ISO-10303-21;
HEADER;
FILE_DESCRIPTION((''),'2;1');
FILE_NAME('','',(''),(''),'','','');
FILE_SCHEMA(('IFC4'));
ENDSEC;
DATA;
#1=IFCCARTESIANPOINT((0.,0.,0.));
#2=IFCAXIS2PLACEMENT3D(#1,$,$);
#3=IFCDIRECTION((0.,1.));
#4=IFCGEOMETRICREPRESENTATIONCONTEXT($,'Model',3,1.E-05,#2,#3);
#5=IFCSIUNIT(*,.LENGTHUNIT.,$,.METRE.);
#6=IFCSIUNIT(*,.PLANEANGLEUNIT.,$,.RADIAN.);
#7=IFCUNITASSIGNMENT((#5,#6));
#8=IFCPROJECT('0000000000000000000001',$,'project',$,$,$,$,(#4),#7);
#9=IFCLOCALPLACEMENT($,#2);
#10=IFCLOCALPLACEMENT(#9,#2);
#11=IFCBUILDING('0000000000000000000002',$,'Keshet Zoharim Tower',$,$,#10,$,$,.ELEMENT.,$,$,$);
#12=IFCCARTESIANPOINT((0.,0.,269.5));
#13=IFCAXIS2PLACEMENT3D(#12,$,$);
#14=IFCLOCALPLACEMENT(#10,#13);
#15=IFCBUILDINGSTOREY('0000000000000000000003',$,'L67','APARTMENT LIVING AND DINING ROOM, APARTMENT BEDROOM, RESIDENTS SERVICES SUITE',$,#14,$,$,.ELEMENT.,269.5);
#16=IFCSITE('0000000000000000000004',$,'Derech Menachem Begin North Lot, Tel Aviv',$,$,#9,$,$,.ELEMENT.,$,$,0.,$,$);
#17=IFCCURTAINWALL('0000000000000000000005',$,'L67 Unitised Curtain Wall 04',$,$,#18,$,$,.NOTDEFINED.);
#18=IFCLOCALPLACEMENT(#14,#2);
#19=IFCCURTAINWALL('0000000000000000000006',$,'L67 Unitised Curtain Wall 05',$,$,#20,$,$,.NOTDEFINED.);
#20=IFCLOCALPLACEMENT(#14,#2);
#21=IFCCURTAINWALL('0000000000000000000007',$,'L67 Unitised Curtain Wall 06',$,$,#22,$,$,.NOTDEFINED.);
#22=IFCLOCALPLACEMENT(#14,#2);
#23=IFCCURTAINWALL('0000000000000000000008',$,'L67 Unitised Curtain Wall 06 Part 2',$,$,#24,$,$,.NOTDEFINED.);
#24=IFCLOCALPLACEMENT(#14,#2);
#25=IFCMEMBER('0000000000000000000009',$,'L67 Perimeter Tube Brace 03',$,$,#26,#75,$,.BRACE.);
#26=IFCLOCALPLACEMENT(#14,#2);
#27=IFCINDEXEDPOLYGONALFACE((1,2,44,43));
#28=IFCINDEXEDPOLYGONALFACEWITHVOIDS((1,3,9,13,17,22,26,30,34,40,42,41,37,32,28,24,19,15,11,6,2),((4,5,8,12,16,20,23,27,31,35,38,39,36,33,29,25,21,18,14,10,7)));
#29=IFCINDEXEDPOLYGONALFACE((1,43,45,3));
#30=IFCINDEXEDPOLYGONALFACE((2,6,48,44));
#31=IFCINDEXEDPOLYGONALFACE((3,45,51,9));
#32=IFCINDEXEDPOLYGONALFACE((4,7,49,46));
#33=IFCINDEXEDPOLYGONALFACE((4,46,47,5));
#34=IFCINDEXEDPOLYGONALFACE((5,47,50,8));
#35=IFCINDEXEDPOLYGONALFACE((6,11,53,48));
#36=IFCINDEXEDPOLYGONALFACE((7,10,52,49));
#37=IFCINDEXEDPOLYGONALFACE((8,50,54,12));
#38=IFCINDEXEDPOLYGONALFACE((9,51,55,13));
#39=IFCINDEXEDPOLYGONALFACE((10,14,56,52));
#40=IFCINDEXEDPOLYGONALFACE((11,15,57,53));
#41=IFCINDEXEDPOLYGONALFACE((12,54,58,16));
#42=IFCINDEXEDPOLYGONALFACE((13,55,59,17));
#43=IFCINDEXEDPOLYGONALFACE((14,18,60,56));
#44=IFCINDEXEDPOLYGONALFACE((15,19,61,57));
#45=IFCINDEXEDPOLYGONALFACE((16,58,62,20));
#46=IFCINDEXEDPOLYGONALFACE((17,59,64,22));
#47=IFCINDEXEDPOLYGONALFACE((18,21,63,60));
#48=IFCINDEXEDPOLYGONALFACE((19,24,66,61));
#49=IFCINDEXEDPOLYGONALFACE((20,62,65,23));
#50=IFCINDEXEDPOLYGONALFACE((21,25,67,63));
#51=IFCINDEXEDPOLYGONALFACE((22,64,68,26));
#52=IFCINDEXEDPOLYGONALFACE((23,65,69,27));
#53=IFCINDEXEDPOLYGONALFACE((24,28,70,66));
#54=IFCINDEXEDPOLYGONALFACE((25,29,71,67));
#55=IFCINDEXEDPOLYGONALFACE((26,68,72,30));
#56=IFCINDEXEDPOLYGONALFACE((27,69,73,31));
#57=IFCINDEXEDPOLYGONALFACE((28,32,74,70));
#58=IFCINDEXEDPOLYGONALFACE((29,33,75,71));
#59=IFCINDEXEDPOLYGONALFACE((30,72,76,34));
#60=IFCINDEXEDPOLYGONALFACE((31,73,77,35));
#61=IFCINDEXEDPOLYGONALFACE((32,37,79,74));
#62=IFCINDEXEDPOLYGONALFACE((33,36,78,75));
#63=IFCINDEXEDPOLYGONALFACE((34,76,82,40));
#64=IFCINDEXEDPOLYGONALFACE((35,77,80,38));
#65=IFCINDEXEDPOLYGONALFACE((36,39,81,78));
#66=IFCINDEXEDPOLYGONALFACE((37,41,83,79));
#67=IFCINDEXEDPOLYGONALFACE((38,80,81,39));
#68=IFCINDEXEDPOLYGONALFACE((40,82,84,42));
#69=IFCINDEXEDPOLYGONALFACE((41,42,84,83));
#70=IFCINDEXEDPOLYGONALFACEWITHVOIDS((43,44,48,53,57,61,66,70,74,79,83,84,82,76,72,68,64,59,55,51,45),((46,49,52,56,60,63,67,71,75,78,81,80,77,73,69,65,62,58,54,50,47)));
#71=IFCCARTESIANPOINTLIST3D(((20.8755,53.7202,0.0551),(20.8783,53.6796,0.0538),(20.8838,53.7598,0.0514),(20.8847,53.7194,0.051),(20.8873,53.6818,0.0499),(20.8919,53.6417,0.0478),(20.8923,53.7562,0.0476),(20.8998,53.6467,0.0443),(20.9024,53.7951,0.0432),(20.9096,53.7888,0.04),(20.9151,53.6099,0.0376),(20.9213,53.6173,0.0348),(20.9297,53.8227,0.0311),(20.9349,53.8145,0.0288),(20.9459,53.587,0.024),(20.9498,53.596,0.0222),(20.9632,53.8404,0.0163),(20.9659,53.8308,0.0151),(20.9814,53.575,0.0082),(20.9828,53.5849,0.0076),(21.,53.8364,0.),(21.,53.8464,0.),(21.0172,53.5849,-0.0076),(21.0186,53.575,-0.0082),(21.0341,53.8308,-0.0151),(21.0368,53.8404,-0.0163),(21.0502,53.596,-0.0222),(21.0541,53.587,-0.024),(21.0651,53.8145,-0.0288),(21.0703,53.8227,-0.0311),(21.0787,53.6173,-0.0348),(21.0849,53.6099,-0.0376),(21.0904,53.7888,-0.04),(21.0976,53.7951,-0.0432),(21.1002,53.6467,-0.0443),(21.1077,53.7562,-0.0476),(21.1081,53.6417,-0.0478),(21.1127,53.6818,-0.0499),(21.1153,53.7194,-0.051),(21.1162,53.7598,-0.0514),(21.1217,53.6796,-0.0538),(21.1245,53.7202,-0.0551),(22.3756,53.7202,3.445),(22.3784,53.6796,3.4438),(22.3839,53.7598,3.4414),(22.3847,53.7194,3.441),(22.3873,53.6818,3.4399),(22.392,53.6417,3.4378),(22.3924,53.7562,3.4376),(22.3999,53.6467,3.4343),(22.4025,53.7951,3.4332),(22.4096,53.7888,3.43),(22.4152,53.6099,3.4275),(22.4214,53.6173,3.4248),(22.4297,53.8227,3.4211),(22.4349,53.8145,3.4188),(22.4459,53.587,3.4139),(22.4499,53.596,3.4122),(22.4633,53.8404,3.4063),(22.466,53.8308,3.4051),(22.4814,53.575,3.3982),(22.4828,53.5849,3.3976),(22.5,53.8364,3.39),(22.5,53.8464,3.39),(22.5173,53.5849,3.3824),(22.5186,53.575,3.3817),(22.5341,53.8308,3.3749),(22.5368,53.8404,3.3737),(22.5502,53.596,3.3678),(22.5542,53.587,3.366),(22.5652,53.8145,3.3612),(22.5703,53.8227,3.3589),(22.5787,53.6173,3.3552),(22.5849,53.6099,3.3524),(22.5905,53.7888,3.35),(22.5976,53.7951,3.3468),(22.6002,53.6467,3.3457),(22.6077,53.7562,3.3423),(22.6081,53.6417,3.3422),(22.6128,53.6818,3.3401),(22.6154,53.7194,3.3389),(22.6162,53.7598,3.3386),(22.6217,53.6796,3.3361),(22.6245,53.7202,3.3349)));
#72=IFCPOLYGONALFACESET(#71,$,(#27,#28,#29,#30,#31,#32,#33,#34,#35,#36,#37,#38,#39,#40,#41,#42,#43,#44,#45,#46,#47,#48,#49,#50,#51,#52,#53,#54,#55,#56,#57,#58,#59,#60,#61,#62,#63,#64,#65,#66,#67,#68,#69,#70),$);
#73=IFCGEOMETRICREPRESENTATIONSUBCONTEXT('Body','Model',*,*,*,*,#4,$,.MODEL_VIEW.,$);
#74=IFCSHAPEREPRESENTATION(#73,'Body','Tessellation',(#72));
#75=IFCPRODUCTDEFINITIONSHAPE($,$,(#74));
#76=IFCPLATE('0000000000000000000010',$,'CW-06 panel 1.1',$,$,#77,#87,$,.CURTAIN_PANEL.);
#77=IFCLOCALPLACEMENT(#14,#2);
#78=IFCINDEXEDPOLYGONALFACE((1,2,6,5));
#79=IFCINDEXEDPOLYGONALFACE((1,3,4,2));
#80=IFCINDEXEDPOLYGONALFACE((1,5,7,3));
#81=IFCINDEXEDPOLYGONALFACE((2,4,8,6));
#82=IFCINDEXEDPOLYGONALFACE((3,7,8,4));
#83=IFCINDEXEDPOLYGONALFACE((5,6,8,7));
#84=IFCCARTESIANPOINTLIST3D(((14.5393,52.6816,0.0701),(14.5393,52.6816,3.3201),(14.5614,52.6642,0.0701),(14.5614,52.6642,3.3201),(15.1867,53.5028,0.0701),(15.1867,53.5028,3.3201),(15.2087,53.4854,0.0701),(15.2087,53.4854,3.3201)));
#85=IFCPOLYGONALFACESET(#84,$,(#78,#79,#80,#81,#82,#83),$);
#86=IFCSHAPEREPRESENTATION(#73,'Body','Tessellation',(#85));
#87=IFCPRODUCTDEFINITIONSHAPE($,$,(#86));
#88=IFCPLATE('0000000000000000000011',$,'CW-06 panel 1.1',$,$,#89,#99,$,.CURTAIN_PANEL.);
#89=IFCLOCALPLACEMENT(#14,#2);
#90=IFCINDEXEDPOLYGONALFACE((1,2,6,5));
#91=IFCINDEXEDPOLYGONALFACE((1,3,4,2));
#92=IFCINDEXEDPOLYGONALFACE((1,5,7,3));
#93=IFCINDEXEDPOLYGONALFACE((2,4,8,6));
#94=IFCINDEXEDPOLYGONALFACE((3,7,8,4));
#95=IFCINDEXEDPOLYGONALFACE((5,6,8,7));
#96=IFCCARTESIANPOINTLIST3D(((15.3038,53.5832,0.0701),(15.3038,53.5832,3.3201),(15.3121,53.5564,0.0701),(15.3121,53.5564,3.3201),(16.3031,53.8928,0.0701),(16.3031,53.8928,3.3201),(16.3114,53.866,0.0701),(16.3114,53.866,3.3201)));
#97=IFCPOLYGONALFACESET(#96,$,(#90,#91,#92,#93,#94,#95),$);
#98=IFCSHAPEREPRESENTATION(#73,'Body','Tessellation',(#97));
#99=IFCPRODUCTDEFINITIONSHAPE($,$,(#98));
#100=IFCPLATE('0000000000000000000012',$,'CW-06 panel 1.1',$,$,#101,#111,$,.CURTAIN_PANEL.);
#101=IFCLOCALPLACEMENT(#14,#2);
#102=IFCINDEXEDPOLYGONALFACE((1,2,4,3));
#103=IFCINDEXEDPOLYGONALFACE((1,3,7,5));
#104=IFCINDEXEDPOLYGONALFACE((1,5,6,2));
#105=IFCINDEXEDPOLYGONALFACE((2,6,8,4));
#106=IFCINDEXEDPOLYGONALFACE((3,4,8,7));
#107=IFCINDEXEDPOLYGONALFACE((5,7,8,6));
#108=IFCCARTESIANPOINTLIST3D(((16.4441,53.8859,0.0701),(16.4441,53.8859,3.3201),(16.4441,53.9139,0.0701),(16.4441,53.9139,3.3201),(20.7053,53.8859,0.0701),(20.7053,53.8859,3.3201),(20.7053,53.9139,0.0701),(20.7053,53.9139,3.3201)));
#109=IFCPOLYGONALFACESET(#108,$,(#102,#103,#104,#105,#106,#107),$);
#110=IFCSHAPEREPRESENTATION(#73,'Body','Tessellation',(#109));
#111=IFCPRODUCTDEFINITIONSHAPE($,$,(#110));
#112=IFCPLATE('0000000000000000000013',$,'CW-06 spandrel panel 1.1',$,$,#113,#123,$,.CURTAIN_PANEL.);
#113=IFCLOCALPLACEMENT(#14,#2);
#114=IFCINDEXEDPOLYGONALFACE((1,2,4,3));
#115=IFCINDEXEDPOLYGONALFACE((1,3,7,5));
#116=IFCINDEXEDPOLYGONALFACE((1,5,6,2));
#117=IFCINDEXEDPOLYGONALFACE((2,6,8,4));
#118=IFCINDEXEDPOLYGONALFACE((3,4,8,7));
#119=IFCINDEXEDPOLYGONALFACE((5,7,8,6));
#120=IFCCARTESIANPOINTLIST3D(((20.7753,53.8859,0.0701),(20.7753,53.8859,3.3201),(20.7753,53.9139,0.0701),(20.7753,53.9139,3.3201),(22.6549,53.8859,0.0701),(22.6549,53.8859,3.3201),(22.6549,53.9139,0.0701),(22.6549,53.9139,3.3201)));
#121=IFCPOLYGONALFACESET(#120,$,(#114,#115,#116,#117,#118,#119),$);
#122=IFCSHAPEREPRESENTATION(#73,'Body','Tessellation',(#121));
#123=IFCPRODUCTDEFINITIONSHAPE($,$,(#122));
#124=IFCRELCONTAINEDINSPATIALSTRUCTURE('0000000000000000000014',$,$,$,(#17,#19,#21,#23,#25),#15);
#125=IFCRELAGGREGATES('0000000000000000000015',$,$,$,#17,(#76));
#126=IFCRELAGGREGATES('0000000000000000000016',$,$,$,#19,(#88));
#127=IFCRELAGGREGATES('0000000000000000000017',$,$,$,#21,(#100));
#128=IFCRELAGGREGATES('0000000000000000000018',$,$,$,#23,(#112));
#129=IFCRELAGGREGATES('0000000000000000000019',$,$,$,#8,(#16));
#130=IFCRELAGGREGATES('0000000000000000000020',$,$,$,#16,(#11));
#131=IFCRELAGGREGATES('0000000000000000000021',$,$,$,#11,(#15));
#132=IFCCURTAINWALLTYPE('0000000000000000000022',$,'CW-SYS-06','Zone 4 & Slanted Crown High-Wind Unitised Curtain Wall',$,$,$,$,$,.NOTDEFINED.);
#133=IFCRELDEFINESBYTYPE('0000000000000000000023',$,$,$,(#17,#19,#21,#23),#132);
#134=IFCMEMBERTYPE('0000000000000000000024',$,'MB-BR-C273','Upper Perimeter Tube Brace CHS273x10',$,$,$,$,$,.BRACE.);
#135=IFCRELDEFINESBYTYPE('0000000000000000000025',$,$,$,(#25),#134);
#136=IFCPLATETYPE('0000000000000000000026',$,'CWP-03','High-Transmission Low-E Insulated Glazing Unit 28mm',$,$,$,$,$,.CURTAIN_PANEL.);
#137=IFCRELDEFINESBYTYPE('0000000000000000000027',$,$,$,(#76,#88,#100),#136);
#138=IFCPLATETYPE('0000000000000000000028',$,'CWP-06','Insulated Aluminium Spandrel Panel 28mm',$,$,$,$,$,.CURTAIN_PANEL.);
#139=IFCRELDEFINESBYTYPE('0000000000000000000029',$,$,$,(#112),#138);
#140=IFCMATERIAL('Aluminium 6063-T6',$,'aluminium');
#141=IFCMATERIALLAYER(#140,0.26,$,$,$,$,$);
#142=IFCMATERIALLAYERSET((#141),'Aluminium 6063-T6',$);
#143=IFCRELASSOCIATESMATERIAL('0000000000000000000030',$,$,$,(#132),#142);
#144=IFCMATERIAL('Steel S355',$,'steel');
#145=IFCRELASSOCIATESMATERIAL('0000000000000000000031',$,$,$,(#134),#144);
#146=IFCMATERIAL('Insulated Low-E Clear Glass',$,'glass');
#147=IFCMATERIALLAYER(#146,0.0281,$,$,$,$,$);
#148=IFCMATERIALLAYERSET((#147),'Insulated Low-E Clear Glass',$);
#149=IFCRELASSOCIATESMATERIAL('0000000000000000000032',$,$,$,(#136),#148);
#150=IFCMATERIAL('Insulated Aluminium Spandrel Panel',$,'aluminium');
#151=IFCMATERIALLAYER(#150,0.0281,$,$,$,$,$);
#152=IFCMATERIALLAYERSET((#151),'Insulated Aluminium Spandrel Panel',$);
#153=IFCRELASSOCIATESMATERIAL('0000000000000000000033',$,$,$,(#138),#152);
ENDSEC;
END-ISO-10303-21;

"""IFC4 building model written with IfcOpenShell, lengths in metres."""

from ifc_helpers import new_model, si_unit, direction, frame, origin, origin_2d, place, context, subcontext, project, spatial, rectangle, hollow_circle, extrude, material, layer, layer_set, material_profile, profile_set, type_object, element, aggregate, save


model = new_model("IFC4")

# Units and contexts
model_context = context("Model", 3, precision=1e-05, world=origin(), true_north=direction((0.0, 1.0)))
body_context = subcontext(model_context, "Body", "Model", "MODEL_VIEW")
ifc_project = project(units=[si_unit("LENGTHUNIT", "METRE"), si_unit("PLANEANGLEUNIT", "RADIAN")], contexts=[model_context])

# Site, building, storey
site_placement = place(None, origin())
site = spatial("IfcSite", under=ifc_project, at=site_placement, Name="Derech Menachem Begin North Lot, Tel Aviv", CompositionType="ELEMENT", RefElevation=0.0)
building_placement = place(site_placement, origin())
building = spatial("IfcBuilding", under=site, at=building_placement, Name="Keshet Zoharim Tower", CompositionType="ELEMENT")
storey_placement = place(building_placement, frame((0.0, 0.0, 269.5)))
storey = spatial("IfcBuildingStorey", under=building, at=storey_placement, Name="L67", Description="APARTMENT LIVING AND DINING ROOM, APARTMENT BEDROOM, RESIDENTS SERVICES SUITE", CompositionType="ELEMENT", Elevation=269.5)

# Shared definitions
ifc_material_1 = material(Name="Steel S355", Category="steel")

# Curtain wall
ifc_material_2 = material(Name="Aluminium 6063-T6", Category="aluminium")
ifc_layer_1 = layer(ifc_material_2, 0.26)
ifc_layer_set_1 = layer_set([ifc_layer_1], Name="Aluminium 6063-T6")
curtain_wall_type = type_object("IfcCurtainWallType", Name="CW-SYS-06", Description="Zone 4 & Slanted Crown High-Wind Unitised Curtain Wall", PredefinedType="NOTDEFINED", material=ifc_layer_set_1)
curtain_wall_1_placement = place(storey_placement, origin())
curtain_wall_1 = element("IfcCurtainWall", 1, at=curtain_wall_1_placement, inside=storey, type_object=curtain_wall_type, Name="L67 Unitised Curtain Wall 04", PredefinedType="NOTDEFINED")

# Curtain walls
curtain_wall_2_placement = place(storey_placement, origin())
curtain_wall_2 = element("IfcCurtainWall", 2, at=curtain_wall_2_placement, inside=storey, type_object=curtain_wall_type, Name="L67 Unitised Curtain Wall 05", PredefinedType="NOTDEFINED")
curtain_wall_3_placement = place(storey_placement, origin())
curtain_wall_3 = element("IfcCurtainWall", 3, at=curtain_wall_3_placement, inside=storey, type_object=curtain_wall_type, Name="L67 Unitised Curtain Wall 06", PredefinedType="NOTDEFINED")

# Curtain wall
curtain_wall_4_placement = place(storey_placement, origin())
curtain_wall_4 = element("IfcCurtainWall", 4, at=curtain_wall_4_placement, inside=storey, type_object=curtain_wall_type, Name="L67 Unitised Curtain Wall 06 Part 2", PredefinedType="NOTDEFINED")

# Member
ifc_material_profile_1 = material_profile(ifc_material_1, hollow_circle(Radius=0.1365, WallThickness=0.01, at=origin_2d()), Name="CHS273x10")
ifc_profile_set_1 = profile_set([ifc_material_profile_1], Name="Steel S355")
member_type_1 = type_object("IfcMemberType", Name="MB-BR-C273", Description="Upper Perimeter Tube Brace CHS273x10", PredefinedType="BRACE", material=ifc_profile_set_1)
member_1_placement = place(storey_placement, frame((21.0, 53.71, 0.0), z_axis=(0.404647, 0.0, 0.914473), x_axis=(0.0, 1.0, 0.0)))
element("IfcMember", 5, at=member_1_placement, inside=storey, type_object=member_type_1, Name="L67 Perimeter Tube Brace 03", PredefinedType="BRACE", context=body_context, shape_type="SweptSolid", body=[
    extrude(hollow_circle(Radius=0.1365, WallThickness=0.01, at=origin_2d()), origin(), (0.0, 0.0, 1.0), 3.707),
])

# Plates
ifc_material_3 = material(Name="Insulated Low-E Clear Glass", Category="glass")
ifc_layer_2 = layer(ifc_material_3, 0.0281)
ifc_layer_set_2 = layer_set([ifc_layer_2], Name="Insulated Low-E Clear Glass")
plate_type_1 = type_object("IfcPlateType", Name="CWP-03", Description="High-Transmission Low-E Insulated Glazing Unit 28mm", PredefinedType="CURTAIN_PANEL", material=ifc_layer_set_2)
plate_1_placement = place(storey_placement, frame((14.874, 53.0835, 0.0701), z_axis=(0.0, 0.0, 1.0), x_axis=(0.619125, 0.785293, 0.0)))
plate_1 = element("IfcPlate", 6, at=plate_1_placement, type_object=plate_type_1, Name="CW-06 panel 1.1", PredefinedType="CURTAIN_PANEL", context=body_context, shape_type="SweptSolid", body=[
    extrude(rectangle(XDim=1.0457, YDim=0.0281, at=origin_2d()), origin(), (0.0, 0.0, 1.0), 3.25),
])
aggregate(curtain_wall_1, [plate_1])
plate_2_placement = place(storey_placement, frame((15.8076, 53.7246, 0.0701), z_axis=(0.0, 0.0, 1.0), x_axis=(0.955212, 0.295922, 0.0)))
plate_2 = element("IfcPlate", 7, at=plate_2_placement, type_object=plate_type_1, Name="CW-06 panel 1.1", PredefinedType="CURTAIN_PANEL", context=body_context, shape_type="SweptSolid", body=[
    extrude(rectangle(XDim=1.0461, YDim=0.0281, at=origin_2d()), origin(), (0.0, 0.0, 1.0), 3.25),
])
aggregate(curtain_wall_2, [plate_2])
plate_3_placement = place(storey_placement, frame((18.5747, 53.8999, 0.0701), z_axis=(0.0, 0.0, 1.0), x_axis=(1.0, 0.0, 0.0)))
plate_3 = element("IfcPlate", 8, at=plate_3_placement, type_object=plate_type_1, Name="CW-06 panel 1.1", PredefinedType="CURTAIN_PANEL", context=body_context, shape_type="SweptSolid", body=[
    extrude(rectangle(XDim=4.2612, YDim=0.0281, at=origin_2d()), origin(), (0.0, 0.0, 1.0), 3.25),
])
aggregate(curtain_wall_3, [plate_3])
ifc_material_4 = material(Name="Insulated Aluminium Spandrel Panel", Category="aluminium")
ifc_layer_3 = layer(ifc_material_4, 0.0281)
ifc_layer_set_3 = layer_set([ifc_layer_3], Name="Insulated Aluminium Spandrel Panel")
plate_type_2 = type_object("IfcPlateType", Name="CWP-06", Description="Insulated Aluminium Spandrel Panel 28mm", PredefinedType="CURTAIN_PANEL", material=ifc_layer_set_3)
plate_4_placement = place(storey_placement, frame((21.7151, 53.8999, 0.0701), z_axis=(0.0, 0.0, 1.0), x_axis=(1.0, 0.0, 0.0)))
plate_4 = element("IfcPlate", 9, at=plate_4_placement, type_object=plate_type_2, Name="CW-06 spandrel panel 1.1", PredefinedType="CURTAIN_PANEL", context=body_context, shape_type="SweptSolid", body=[
    extrude(rectangle(XDim=1.8796, YDim=0.0281, at=origin_2d()), origin(), (0.0, 0.0, 1.0), 3.25),
])
aggregate(curtain_wall_4, [plate_4])

save(model, "model.ifc")
